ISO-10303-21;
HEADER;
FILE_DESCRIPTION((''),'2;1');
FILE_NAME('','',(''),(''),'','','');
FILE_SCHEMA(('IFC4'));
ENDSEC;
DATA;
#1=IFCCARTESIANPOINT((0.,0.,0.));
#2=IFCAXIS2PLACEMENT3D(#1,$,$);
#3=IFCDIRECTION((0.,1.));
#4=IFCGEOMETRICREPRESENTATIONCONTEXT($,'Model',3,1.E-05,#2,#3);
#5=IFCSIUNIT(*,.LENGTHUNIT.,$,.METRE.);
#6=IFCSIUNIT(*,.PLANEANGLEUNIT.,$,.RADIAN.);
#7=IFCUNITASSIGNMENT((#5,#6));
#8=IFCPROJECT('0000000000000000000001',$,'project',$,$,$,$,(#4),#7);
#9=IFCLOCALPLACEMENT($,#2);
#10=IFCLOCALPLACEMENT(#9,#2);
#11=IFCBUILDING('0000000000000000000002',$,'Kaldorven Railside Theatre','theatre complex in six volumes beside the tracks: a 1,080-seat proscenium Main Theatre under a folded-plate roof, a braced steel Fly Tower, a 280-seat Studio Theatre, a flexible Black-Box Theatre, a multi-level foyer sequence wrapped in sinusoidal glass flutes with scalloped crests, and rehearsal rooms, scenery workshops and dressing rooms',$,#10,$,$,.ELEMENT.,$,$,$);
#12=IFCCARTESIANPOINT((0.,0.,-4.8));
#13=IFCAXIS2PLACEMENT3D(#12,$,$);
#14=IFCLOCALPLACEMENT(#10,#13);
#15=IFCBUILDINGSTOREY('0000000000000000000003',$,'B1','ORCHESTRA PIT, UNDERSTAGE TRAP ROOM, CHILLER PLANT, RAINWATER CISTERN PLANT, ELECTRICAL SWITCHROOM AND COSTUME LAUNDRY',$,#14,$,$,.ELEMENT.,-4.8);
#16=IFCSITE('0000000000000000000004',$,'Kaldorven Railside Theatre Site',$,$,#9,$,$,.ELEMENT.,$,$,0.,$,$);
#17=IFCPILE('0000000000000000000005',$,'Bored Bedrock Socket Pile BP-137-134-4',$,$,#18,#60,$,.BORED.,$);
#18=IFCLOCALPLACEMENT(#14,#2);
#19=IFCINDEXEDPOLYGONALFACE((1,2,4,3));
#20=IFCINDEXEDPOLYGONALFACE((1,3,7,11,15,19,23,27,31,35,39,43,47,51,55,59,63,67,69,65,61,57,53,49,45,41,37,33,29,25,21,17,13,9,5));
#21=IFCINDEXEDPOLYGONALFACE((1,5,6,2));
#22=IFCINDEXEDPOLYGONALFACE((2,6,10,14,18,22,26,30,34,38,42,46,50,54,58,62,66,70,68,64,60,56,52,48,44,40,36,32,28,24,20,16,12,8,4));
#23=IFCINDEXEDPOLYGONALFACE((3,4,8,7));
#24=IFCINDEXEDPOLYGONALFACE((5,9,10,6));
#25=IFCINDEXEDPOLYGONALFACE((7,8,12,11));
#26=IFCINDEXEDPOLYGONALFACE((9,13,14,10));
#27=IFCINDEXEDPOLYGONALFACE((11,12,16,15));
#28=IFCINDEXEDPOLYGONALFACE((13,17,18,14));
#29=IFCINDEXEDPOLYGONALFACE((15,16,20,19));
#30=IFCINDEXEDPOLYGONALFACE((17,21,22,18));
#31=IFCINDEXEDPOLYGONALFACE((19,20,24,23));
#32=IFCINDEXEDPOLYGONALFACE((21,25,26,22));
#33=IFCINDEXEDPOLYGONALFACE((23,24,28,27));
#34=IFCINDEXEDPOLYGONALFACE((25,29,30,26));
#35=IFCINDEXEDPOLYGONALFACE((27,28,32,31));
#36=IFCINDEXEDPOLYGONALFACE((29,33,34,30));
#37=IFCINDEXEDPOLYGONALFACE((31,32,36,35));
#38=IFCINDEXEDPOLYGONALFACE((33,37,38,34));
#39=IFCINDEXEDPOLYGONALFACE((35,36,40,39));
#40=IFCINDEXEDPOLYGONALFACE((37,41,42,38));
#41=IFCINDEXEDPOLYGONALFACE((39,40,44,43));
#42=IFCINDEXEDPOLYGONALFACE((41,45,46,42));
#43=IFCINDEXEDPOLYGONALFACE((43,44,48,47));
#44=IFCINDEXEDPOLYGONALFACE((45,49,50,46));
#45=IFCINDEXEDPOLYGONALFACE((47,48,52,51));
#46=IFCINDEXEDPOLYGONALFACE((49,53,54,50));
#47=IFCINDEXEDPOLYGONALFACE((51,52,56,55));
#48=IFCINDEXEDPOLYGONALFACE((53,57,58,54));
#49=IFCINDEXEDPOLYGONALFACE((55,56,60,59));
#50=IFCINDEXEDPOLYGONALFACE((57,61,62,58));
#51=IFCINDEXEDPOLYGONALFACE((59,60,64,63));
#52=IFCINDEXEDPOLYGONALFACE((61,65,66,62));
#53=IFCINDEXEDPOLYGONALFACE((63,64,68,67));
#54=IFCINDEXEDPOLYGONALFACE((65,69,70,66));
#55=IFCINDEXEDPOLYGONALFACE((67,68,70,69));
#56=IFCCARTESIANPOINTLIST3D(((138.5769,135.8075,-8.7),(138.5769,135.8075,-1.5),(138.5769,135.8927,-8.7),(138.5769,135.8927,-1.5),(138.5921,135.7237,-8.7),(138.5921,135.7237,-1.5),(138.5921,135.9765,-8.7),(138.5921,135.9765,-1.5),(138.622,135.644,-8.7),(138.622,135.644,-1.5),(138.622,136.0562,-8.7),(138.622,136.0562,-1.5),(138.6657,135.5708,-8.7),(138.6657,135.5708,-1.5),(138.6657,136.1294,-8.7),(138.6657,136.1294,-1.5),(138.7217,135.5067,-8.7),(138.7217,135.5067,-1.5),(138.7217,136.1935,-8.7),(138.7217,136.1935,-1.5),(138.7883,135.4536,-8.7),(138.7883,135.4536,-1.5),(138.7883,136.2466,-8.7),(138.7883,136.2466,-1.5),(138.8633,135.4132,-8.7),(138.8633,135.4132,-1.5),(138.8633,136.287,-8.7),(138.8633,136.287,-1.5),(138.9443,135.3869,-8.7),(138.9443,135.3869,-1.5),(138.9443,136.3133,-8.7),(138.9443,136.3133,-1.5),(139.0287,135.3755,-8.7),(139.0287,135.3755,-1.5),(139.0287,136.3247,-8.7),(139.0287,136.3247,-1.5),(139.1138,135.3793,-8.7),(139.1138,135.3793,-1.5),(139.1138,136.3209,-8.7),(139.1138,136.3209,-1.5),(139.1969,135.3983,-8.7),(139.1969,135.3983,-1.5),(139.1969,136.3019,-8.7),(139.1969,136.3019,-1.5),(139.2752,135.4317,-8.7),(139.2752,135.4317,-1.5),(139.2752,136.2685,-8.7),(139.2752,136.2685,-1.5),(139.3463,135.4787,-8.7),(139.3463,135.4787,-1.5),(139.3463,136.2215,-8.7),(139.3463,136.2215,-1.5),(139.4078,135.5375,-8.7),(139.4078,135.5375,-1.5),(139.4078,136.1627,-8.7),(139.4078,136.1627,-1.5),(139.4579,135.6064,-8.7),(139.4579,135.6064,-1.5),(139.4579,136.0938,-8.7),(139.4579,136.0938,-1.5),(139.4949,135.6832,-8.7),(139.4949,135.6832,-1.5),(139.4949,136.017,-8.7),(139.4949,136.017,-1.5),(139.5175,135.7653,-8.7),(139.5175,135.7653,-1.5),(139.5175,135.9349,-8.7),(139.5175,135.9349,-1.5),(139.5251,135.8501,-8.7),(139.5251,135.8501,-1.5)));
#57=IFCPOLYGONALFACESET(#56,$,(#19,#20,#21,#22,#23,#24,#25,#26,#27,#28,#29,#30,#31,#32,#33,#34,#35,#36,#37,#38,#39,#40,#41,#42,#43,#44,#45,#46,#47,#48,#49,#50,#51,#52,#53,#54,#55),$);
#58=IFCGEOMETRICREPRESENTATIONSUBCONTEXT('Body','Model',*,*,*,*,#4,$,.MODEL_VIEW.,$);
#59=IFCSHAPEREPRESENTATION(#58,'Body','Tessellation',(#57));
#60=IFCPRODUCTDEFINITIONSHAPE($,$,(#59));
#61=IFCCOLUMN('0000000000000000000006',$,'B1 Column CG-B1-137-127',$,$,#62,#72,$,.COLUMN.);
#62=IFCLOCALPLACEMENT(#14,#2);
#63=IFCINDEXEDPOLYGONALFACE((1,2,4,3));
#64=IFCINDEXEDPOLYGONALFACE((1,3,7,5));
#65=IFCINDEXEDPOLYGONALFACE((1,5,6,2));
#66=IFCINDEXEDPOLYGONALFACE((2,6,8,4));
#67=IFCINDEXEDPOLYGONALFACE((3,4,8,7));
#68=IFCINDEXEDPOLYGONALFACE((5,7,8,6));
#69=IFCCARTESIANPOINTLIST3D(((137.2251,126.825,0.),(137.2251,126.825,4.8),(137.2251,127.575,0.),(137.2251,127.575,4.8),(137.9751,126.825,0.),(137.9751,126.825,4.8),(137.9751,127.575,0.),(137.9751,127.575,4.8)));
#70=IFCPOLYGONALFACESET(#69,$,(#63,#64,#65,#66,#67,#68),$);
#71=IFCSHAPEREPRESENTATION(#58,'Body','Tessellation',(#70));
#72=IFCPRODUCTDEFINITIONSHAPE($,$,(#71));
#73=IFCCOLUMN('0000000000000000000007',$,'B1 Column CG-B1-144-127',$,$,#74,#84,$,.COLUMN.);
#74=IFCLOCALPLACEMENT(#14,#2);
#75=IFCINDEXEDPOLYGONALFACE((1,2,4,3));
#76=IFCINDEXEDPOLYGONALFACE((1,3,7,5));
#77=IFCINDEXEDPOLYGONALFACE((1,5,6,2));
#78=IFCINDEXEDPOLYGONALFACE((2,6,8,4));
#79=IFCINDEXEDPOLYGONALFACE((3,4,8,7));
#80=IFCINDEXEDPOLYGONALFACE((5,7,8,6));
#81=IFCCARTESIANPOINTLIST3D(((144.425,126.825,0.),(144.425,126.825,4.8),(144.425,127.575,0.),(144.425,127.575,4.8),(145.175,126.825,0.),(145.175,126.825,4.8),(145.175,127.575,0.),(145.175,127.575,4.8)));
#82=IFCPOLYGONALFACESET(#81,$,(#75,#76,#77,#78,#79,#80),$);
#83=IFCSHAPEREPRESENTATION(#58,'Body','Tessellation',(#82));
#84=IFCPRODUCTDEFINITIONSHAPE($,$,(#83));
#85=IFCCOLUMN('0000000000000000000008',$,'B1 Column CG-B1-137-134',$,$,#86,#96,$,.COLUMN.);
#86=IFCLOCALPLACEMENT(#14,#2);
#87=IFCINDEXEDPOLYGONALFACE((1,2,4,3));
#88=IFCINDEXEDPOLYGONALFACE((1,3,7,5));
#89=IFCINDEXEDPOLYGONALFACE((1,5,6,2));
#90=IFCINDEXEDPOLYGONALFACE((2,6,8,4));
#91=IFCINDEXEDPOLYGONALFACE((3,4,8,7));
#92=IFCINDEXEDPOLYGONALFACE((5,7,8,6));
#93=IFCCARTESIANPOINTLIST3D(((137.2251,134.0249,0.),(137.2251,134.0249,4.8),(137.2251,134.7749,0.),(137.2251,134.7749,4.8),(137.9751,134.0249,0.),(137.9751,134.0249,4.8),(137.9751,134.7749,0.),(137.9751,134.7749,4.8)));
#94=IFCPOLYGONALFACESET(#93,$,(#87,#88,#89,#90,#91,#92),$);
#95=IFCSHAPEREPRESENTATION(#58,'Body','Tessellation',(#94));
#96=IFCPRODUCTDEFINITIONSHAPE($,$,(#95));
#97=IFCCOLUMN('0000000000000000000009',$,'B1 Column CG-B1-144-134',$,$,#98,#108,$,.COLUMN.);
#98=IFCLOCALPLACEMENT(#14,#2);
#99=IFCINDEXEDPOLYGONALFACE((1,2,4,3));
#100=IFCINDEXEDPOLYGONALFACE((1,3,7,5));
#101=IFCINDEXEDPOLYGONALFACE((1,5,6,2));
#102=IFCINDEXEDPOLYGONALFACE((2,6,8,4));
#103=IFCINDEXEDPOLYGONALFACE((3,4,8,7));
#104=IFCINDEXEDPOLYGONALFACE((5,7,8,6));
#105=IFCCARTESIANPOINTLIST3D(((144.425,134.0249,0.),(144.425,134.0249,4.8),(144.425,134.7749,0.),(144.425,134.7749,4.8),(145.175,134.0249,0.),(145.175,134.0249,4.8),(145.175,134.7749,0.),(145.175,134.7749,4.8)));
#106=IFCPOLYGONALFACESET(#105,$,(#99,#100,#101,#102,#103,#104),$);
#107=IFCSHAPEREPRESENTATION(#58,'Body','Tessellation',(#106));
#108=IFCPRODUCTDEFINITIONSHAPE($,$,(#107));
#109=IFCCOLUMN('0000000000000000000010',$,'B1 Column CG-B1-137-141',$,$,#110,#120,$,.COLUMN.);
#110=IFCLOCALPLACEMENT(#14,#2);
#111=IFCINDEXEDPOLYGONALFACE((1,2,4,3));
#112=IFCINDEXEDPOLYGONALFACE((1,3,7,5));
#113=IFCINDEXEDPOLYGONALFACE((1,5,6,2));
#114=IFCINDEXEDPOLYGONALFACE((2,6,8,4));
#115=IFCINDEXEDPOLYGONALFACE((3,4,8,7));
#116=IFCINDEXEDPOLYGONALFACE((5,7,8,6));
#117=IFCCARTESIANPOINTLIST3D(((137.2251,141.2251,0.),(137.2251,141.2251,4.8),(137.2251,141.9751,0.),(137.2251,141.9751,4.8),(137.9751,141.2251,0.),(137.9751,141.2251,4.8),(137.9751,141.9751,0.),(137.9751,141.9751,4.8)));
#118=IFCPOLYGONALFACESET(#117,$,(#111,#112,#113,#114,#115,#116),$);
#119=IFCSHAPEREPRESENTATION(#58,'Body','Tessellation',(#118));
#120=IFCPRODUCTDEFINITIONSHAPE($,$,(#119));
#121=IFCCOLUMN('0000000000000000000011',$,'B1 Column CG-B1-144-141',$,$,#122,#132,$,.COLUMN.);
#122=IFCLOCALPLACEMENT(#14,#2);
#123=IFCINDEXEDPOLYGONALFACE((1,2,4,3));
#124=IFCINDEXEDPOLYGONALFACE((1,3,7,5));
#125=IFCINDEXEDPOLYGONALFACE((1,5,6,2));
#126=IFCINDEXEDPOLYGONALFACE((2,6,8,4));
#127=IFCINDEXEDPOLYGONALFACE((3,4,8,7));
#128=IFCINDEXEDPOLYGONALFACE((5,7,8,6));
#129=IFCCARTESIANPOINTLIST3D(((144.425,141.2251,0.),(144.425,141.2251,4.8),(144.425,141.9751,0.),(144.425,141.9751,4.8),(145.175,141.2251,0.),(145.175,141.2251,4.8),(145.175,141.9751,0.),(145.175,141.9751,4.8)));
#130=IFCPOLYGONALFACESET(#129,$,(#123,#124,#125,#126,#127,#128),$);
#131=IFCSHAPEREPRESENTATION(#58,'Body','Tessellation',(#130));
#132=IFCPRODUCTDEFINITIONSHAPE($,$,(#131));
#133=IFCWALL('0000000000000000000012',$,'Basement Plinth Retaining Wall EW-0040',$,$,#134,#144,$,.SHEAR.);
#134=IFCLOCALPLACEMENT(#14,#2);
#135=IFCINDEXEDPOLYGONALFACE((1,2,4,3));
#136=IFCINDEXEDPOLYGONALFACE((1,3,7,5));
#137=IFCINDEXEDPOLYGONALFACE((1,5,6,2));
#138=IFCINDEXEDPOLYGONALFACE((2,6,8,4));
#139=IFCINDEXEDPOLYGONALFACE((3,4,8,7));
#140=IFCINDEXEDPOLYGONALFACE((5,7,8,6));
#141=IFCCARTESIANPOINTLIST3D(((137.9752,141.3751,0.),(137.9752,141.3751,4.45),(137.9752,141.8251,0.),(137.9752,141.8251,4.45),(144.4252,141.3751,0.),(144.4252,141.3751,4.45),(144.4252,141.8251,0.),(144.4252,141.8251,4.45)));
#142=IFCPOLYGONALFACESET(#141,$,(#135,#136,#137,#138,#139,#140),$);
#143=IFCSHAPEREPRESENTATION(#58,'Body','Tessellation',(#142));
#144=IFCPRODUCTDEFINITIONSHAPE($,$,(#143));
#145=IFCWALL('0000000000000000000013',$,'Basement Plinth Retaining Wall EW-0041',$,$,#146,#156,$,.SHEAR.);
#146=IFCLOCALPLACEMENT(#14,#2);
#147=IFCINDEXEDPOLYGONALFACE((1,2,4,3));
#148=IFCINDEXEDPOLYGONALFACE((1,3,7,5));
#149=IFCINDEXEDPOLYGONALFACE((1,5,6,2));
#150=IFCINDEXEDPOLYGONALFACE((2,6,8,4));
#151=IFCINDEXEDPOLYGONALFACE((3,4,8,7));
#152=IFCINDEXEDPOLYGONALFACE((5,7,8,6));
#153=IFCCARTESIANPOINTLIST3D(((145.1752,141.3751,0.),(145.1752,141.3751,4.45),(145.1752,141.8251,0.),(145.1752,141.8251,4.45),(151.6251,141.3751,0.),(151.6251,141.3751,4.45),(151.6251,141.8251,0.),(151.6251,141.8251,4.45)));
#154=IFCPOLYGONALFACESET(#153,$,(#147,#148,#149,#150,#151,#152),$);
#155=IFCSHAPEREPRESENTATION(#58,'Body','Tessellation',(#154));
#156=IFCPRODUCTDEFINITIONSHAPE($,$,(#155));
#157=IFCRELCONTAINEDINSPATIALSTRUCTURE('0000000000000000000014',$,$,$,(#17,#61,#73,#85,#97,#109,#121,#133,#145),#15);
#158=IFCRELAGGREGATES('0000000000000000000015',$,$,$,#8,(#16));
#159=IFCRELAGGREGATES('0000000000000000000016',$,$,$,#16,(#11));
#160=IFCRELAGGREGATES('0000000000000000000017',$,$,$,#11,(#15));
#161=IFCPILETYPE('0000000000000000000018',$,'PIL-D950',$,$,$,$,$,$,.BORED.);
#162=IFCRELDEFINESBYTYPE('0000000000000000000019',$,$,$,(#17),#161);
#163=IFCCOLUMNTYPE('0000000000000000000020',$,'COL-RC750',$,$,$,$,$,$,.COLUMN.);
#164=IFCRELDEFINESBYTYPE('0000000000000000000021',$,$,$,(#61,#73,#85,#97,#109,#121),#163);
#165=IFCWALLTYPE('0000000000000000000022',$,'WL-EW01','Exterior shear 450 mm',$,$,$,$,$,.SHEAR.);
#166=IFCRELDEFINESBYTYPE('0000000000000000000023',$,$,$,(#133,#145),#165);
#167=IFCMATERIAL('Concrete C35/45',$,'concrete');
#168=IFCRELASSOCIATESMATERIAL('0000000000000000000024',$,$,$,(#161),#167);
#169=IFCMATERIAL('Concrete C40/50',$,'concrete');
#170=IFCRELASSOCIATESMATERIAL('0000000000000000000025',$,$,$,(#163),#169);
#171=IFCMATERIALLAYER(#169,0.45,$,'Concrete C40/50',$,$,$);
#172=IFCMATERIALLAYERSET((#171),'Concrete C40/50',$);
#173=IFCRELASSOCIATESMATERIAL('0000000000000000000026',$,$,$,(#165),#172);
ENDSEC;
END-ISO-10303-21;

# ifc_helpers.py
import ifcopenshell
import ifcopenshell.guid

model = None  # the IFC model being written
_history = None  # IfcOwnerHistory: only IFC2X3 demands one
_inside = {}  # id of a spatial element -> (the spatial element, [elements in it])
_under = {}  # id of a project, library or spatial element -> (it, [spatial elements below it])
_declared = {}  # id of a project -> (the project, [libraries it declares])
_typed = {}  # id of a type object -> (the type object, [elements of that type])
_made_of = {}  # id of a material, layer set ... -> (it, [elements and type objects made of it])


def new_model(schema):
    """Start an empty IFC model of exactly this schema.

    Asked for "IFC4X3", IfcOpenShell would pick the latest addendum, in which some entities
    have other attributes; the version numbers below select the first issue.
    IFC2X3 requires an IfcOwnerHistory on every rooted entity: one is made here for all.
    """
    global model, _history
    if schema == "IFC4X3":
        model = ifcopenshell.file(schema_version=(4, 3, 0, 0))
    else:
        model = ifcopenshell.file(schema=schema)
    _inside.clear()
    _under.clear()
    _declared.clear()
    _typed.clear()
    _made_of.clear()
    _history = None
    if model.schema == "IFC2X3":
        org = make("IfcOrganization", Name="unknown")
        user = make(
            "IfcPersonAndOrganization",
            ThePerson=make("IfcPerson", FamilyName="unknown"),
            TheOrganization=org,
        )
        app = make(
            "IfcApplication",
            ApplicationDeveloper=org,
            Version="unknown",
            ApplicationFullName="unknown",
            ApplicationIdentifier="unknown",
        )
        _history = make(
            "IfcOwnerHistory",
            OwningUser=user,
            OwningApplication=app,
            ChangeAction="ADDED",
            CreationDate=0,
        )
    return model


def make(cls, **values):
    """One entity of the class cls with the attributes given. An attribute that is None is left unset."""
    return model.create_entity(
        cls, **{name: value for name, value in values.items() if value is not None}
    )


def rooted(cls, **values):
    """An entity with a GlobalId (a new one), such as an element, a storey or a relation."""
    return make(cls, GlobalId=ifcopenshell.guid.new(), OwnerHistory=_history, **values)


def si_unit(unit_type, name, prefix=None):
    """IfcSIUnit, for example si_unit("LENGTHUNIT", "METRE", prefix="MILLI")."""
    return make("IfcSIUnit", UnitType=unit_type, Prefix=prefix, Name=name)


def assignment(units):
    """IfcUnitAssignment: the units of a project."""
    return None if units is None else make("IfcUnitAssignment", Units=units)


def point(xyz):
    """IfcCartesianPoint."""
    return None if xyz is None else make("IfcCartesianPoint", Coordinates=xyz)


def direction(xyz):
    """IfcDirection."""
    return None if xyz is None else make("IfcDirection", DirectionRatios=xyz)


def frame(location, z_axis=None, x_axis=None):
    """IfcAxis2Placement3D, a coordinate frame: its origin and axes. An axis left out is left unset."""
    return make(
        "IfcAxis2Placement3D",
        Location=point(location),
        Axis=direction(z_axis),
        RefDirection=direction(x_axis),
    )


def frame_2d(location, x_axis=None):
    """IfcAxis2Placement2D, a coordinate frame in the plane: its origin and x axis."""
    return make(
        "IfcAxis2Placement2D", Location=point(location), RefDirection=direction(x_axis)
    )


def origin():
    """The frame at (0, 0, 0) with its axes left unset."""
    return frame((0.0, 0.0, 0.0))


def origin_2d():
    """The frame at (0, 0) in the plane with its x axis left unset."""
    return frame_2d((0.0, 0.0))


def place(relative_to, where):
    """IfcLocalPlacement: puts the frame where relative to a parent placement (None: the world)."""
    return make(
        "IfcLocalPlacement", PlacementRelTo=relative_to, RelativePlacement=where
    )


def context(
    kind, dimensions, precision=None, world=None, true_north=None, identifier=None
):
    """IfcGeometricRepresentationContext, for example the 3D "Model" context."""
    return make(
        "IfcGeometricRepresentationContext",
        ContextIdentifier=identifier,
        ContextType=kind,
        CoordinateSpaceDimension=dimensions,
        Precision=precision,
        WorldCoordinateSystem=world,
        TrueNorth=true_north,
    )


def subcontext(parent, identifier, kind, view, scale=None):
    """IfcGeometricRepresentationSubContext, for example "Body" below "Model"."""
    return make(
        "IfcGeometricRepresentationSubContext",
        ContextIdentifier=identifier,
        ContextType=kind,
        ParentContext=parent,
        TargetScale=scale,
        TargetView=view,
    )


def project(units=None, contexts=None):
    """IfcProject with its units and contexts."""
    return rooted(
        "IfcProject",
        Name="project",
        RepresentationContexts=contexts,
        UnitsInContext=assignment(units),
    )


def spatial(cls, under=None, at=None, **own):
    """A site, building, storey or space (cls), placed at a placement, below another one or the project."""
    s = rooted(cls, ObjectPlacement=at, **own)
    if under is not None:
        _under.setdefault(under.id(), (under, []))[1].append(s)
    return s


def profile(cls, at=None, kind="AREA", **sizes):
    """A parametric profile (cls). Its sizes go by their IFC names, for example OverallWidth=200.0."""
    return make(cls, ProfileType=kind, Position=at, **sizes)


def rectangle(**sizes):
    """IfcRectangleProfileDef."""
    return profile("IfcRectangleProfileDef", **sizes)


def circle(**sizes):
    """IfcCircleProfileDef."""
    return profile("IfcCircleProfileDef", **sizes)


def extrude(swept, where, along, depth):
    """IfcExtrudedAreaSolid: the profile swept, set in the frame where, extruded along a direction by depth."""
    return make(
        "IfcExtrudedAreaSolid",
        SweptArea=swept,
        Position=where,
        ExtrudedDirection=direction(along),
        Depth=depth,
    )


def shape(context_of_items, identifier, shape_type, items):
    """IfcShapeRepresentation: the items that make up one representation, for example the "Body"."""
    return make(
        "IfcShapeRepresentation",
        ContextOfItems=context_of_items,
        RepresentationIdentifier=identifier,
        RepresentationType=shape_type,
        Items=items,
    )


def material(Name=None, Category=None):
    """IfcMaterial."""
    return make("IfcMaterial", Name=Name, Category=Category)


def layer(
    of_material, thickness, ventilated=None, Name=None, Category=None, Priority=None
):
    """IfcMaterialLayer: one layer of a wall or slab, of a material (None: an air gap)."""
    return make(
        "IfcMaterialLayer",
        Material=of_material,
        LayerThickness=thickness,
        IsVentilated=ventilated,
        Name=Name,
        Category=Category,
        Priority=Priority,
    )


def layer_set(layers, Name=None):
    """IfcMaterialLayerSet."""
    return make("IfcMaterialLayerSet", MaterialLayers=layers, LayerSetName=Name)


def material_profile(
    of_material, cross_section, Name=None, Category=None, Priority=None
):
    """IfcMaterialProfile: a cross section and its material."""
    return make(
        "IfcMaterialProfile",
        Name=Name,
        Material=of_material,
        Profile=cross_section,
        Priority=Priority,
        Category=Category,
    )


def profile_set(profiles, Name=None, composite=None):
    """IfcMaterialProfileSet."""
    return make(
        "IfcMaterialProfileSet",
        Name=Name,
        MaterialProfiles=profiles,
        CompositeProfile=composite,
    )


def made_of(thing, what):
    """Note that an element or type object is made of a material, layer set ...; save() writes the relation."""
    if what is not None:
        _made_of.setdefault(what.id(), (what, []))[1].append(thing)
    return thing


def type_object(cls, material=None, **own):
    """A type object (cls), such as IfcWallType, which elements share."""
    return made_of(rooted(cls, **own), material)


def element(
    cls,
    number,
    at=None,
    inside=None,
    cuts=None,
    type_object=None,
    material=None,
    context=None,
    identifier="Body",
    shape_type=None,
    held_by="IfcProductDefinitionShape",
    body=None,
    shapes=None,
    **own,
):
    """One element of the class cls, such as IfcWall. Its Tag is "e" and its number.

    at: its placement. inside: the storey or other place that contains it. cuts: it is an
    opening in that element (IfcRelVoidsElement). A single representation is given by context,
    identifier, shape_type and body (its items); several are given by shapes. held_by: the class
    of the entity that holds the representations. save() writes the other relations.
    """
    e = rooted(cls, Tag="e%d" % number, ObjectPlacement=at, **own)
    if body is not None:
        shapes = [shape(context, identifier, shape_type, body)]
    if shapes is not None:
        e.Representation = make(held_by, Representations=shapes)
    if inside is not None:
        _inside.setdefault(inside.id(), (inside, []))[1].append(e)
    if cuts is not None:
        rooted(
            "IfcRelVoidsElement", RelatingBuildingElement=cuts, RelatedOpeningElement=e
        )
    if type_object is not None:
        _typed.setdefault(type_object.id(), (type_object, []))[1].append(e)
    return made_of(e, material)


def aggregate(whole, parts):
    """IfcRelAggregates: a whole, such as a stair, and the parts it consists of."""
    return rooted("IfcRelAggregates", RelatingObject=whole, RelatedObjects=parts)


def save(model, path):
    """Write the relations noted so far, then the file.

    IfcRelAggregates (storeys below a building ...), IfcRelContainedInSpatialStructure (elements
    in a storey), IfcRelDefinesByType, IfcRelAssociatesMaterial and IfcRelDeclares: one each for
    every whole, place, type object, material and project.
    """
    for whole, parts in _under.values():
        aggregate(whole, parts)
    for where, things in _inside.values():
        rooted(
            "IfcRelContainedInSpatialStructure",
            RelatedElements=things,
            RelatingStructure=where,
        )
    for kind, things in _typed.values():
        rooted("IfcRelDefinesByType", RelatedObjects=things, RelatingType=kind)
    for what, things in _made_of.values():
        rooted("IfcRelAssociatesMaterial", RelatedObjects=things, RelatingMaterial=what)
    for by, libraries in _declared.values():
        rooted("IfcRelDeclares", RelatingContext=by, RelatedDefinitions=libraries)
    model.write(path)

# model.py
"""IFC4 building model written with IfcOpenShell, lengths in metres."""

from ifc_helpers import new_model, si_unit, direction, frame, frame_2d, origin, origin_2d, place, context, subcontext, project, spatial, rectangle, circle, extrude, material, layer, layer_set, material_profile, profile_set, type_object, element, save


model = new_model("IFC4")

# Units and contexts
model_context = context("Model", 3, precision=1e-05, world=origin(), true_north=direction((0.0, 1.0)))
body_context = subcontext(model_context, "Body", "Model", "MODEL_VIEW")
ifc_project = project(units=[si_unit("LENGTHUNIT", "METRE"), si_unit("PLANEANGLEUNIT", "RADIAN")], contexts=[model_context])

# Site, building, storey
site_placement = place(None, origin())
site = spatial("IfcSite", under=ifc_project, at=site_placement, Name="Kaldorven Railside Theatre Site", CompositionType="ELEMENT", RefElevation=0.0)
building_placement = place(site_placement, origin())
building = spatial("IfcBuilding", under=site, at=building_placement, Name="Kaldorven Railside Theatre", Description="theatre complex in six volumes beside the tracks: a 1,080-seat proscenium Main Theatre under a folded-plate roof, a braced steel Fly Tower, a 280-seat Studio Theatre, a flexible Black-Box Theatre, a multi-level foyer sequence wrapped in sinusoidal glass flutes with scalloped crests, and rehearsal rooms, scenery workshops and dressing rooms", CompositionType="ELEMENT")
storey_placement = place(building_placement, frame((0.0, 0.0, -4.8)))
storey = spatial("IfcBuildingStorey", under=building, at=storey_placement, Name="B1", Description="ORCHESTRA PIT, UNDERSTAGE TRAP ROOM, CHILLER PLANT, RAINWATER CISTERN PLANT, ELECTRICAL SWITCHROOM AND COSTUME LAUNDRY", CompositionType="ELEMENT", Elevation=-4.8)

# Shared definitions
ifc_material_1 = material(Name="Concrete C40/50", Category="concrete")

# Pile
ifc_material_2 = material(Name="Concrete C35/45", Category="concrete")
ifc_material_profile_1 = material_profile(ifc_material_2, circle(Radius=0.4751, at=origin_2d()), Name="BP D950")
ifc_profile_set_1 = profile_set([ifc_material_profile_1], Name="Concrete C35/45")
pile_type_1 = type_object("IfcPileType", Name="PIL-D950", PredefinedType="BORED", material=ifc_profile_set_1)
for number, where, z_axis, x_axis, name in (
    (1, (139.05, 135.8501, -1.5), (0.0, 0.0, -1.0), (1.0, 0.0, 0.0), "Bored Bedrock Socket Pile BP-137-134-4"),
):
    element("IfcPile", number, at=place(storey_placement, frame(where, z_axis=z_axis, x_axis=x_axis)), inside=storey, type_object=pile_type_1, Name=name, PredefinedType="BORED", context=body_context, shape_type="SweptSolid", body=[
        extrude(circle(Radius=0.4751, at=origin_2d()), origin(), (0.0, 0.0, 1.0), 7.2),
    ])

# Columns
ifc_material_profile_2 = material_profile(ifc_material_1, rectangle(XDim=0.75, YDim=0.75, at=origin_2d()), Name="RC 750x750")
ifc_profile_set_2 = profile_set([ifc_material_profile_2], Name="Concrete C40/50")
column_type = type_object("IfcColumnType", Name="COL-RC750", PredefinedType="COLUMN", material=ifc_profile_set_2)
for number, where, z_axis, x_axis, name in (
    (2, (137.6001, 127.2, 0.0), (0.0, 0.0, 1.0), (1.0, 0.0, 0.0), "B1 Column CG-B1-137-127"),
    (3, (144.8, 127.2, 0.0), (0.0, 0.0, 1.0), (1.0, 0.0, 0.0), "B1 Column CG-B1-144-127"),
    (4, (137.6001, 134.3999, 0.0), (0.0, 0.0, 1.0), (1.0, 0.0, 0.0), "B1 Column CG-B1-137-134"),
    (5, (144.8, 134.3999, 0.0), (0.0, 0.0, 1.0), (0.0, 1.0, 0.0), "B1 Column CG-B1-144-134"),
    (6, (137.6001, 141.6001, 0.0), (0.0, 0.0, 1.0), (0.0, 1.0, 0.0), "B1 Column CG-B1-137-141"),
    (7, (144.8, 141.6001, 0.0), (0.0, 0.0, 1.0), (1.0, 0.0, 0.0), "B1 Column CG-B1-144-141"),
):
    element("IfcColumn", number, at=place(storey_placement, frame(where, z_axis=z_axis, x_axis=x_axis)), inside=storey, type_object=column_type, Name=name, PredefinedType="COLUMN", context=body_context, shape_type="SweptSolid", body=[
        extrude(rectangle(XDim=0.75, YDim=0.75, at=origin_2d()), origin(), (0.0, 0.0, 1.0), 4.8),
    ])

# Walls
ifc_layer = layer(ifc_material_1, 0.45, Name="Concrete C40/50")
ifc_layer_set = layer_set([ifc_layer], Name="Concrete C40/50")
wall_type = type_object("IfcWallType", Name="WL-EW01", Description="Exterior shear 450 mm", PredefinedType="SHEAR", material=ifc_layer_set)
for number, where, z_axis, x_axis, name in (
    (8, (137.9751, 141.6001, 0.0), (0.0, 0.0, 1.0), (1.0, 0.0, 0.0), "Basement Plinth Retaining Wall EW-0040"),
    (9, (145.175, 141.6001, 0.0), (0.0, 0.0, 1.0), (1.0, 0.0, 0.0), "Basement Plinth Retaining Wall EW-0041"),
):
    element("IfcWall", number, at=place(storey_placement, frame(where, z_axis=z_axis, x_axis=x_axis)), inside=storey, type_object=wall_type, Name=name, PredefinedType="SHEAR", context=body_context, shape_type="SweptSolid", body=[
        extrude(rectangle(XDim=6.45, YDim=0.45, at=frame_2d((3.2251, 0.0))), origin(), (0.0, 0.0, 1.0), 4.45),
    ])

save(model, "model.ifc")
